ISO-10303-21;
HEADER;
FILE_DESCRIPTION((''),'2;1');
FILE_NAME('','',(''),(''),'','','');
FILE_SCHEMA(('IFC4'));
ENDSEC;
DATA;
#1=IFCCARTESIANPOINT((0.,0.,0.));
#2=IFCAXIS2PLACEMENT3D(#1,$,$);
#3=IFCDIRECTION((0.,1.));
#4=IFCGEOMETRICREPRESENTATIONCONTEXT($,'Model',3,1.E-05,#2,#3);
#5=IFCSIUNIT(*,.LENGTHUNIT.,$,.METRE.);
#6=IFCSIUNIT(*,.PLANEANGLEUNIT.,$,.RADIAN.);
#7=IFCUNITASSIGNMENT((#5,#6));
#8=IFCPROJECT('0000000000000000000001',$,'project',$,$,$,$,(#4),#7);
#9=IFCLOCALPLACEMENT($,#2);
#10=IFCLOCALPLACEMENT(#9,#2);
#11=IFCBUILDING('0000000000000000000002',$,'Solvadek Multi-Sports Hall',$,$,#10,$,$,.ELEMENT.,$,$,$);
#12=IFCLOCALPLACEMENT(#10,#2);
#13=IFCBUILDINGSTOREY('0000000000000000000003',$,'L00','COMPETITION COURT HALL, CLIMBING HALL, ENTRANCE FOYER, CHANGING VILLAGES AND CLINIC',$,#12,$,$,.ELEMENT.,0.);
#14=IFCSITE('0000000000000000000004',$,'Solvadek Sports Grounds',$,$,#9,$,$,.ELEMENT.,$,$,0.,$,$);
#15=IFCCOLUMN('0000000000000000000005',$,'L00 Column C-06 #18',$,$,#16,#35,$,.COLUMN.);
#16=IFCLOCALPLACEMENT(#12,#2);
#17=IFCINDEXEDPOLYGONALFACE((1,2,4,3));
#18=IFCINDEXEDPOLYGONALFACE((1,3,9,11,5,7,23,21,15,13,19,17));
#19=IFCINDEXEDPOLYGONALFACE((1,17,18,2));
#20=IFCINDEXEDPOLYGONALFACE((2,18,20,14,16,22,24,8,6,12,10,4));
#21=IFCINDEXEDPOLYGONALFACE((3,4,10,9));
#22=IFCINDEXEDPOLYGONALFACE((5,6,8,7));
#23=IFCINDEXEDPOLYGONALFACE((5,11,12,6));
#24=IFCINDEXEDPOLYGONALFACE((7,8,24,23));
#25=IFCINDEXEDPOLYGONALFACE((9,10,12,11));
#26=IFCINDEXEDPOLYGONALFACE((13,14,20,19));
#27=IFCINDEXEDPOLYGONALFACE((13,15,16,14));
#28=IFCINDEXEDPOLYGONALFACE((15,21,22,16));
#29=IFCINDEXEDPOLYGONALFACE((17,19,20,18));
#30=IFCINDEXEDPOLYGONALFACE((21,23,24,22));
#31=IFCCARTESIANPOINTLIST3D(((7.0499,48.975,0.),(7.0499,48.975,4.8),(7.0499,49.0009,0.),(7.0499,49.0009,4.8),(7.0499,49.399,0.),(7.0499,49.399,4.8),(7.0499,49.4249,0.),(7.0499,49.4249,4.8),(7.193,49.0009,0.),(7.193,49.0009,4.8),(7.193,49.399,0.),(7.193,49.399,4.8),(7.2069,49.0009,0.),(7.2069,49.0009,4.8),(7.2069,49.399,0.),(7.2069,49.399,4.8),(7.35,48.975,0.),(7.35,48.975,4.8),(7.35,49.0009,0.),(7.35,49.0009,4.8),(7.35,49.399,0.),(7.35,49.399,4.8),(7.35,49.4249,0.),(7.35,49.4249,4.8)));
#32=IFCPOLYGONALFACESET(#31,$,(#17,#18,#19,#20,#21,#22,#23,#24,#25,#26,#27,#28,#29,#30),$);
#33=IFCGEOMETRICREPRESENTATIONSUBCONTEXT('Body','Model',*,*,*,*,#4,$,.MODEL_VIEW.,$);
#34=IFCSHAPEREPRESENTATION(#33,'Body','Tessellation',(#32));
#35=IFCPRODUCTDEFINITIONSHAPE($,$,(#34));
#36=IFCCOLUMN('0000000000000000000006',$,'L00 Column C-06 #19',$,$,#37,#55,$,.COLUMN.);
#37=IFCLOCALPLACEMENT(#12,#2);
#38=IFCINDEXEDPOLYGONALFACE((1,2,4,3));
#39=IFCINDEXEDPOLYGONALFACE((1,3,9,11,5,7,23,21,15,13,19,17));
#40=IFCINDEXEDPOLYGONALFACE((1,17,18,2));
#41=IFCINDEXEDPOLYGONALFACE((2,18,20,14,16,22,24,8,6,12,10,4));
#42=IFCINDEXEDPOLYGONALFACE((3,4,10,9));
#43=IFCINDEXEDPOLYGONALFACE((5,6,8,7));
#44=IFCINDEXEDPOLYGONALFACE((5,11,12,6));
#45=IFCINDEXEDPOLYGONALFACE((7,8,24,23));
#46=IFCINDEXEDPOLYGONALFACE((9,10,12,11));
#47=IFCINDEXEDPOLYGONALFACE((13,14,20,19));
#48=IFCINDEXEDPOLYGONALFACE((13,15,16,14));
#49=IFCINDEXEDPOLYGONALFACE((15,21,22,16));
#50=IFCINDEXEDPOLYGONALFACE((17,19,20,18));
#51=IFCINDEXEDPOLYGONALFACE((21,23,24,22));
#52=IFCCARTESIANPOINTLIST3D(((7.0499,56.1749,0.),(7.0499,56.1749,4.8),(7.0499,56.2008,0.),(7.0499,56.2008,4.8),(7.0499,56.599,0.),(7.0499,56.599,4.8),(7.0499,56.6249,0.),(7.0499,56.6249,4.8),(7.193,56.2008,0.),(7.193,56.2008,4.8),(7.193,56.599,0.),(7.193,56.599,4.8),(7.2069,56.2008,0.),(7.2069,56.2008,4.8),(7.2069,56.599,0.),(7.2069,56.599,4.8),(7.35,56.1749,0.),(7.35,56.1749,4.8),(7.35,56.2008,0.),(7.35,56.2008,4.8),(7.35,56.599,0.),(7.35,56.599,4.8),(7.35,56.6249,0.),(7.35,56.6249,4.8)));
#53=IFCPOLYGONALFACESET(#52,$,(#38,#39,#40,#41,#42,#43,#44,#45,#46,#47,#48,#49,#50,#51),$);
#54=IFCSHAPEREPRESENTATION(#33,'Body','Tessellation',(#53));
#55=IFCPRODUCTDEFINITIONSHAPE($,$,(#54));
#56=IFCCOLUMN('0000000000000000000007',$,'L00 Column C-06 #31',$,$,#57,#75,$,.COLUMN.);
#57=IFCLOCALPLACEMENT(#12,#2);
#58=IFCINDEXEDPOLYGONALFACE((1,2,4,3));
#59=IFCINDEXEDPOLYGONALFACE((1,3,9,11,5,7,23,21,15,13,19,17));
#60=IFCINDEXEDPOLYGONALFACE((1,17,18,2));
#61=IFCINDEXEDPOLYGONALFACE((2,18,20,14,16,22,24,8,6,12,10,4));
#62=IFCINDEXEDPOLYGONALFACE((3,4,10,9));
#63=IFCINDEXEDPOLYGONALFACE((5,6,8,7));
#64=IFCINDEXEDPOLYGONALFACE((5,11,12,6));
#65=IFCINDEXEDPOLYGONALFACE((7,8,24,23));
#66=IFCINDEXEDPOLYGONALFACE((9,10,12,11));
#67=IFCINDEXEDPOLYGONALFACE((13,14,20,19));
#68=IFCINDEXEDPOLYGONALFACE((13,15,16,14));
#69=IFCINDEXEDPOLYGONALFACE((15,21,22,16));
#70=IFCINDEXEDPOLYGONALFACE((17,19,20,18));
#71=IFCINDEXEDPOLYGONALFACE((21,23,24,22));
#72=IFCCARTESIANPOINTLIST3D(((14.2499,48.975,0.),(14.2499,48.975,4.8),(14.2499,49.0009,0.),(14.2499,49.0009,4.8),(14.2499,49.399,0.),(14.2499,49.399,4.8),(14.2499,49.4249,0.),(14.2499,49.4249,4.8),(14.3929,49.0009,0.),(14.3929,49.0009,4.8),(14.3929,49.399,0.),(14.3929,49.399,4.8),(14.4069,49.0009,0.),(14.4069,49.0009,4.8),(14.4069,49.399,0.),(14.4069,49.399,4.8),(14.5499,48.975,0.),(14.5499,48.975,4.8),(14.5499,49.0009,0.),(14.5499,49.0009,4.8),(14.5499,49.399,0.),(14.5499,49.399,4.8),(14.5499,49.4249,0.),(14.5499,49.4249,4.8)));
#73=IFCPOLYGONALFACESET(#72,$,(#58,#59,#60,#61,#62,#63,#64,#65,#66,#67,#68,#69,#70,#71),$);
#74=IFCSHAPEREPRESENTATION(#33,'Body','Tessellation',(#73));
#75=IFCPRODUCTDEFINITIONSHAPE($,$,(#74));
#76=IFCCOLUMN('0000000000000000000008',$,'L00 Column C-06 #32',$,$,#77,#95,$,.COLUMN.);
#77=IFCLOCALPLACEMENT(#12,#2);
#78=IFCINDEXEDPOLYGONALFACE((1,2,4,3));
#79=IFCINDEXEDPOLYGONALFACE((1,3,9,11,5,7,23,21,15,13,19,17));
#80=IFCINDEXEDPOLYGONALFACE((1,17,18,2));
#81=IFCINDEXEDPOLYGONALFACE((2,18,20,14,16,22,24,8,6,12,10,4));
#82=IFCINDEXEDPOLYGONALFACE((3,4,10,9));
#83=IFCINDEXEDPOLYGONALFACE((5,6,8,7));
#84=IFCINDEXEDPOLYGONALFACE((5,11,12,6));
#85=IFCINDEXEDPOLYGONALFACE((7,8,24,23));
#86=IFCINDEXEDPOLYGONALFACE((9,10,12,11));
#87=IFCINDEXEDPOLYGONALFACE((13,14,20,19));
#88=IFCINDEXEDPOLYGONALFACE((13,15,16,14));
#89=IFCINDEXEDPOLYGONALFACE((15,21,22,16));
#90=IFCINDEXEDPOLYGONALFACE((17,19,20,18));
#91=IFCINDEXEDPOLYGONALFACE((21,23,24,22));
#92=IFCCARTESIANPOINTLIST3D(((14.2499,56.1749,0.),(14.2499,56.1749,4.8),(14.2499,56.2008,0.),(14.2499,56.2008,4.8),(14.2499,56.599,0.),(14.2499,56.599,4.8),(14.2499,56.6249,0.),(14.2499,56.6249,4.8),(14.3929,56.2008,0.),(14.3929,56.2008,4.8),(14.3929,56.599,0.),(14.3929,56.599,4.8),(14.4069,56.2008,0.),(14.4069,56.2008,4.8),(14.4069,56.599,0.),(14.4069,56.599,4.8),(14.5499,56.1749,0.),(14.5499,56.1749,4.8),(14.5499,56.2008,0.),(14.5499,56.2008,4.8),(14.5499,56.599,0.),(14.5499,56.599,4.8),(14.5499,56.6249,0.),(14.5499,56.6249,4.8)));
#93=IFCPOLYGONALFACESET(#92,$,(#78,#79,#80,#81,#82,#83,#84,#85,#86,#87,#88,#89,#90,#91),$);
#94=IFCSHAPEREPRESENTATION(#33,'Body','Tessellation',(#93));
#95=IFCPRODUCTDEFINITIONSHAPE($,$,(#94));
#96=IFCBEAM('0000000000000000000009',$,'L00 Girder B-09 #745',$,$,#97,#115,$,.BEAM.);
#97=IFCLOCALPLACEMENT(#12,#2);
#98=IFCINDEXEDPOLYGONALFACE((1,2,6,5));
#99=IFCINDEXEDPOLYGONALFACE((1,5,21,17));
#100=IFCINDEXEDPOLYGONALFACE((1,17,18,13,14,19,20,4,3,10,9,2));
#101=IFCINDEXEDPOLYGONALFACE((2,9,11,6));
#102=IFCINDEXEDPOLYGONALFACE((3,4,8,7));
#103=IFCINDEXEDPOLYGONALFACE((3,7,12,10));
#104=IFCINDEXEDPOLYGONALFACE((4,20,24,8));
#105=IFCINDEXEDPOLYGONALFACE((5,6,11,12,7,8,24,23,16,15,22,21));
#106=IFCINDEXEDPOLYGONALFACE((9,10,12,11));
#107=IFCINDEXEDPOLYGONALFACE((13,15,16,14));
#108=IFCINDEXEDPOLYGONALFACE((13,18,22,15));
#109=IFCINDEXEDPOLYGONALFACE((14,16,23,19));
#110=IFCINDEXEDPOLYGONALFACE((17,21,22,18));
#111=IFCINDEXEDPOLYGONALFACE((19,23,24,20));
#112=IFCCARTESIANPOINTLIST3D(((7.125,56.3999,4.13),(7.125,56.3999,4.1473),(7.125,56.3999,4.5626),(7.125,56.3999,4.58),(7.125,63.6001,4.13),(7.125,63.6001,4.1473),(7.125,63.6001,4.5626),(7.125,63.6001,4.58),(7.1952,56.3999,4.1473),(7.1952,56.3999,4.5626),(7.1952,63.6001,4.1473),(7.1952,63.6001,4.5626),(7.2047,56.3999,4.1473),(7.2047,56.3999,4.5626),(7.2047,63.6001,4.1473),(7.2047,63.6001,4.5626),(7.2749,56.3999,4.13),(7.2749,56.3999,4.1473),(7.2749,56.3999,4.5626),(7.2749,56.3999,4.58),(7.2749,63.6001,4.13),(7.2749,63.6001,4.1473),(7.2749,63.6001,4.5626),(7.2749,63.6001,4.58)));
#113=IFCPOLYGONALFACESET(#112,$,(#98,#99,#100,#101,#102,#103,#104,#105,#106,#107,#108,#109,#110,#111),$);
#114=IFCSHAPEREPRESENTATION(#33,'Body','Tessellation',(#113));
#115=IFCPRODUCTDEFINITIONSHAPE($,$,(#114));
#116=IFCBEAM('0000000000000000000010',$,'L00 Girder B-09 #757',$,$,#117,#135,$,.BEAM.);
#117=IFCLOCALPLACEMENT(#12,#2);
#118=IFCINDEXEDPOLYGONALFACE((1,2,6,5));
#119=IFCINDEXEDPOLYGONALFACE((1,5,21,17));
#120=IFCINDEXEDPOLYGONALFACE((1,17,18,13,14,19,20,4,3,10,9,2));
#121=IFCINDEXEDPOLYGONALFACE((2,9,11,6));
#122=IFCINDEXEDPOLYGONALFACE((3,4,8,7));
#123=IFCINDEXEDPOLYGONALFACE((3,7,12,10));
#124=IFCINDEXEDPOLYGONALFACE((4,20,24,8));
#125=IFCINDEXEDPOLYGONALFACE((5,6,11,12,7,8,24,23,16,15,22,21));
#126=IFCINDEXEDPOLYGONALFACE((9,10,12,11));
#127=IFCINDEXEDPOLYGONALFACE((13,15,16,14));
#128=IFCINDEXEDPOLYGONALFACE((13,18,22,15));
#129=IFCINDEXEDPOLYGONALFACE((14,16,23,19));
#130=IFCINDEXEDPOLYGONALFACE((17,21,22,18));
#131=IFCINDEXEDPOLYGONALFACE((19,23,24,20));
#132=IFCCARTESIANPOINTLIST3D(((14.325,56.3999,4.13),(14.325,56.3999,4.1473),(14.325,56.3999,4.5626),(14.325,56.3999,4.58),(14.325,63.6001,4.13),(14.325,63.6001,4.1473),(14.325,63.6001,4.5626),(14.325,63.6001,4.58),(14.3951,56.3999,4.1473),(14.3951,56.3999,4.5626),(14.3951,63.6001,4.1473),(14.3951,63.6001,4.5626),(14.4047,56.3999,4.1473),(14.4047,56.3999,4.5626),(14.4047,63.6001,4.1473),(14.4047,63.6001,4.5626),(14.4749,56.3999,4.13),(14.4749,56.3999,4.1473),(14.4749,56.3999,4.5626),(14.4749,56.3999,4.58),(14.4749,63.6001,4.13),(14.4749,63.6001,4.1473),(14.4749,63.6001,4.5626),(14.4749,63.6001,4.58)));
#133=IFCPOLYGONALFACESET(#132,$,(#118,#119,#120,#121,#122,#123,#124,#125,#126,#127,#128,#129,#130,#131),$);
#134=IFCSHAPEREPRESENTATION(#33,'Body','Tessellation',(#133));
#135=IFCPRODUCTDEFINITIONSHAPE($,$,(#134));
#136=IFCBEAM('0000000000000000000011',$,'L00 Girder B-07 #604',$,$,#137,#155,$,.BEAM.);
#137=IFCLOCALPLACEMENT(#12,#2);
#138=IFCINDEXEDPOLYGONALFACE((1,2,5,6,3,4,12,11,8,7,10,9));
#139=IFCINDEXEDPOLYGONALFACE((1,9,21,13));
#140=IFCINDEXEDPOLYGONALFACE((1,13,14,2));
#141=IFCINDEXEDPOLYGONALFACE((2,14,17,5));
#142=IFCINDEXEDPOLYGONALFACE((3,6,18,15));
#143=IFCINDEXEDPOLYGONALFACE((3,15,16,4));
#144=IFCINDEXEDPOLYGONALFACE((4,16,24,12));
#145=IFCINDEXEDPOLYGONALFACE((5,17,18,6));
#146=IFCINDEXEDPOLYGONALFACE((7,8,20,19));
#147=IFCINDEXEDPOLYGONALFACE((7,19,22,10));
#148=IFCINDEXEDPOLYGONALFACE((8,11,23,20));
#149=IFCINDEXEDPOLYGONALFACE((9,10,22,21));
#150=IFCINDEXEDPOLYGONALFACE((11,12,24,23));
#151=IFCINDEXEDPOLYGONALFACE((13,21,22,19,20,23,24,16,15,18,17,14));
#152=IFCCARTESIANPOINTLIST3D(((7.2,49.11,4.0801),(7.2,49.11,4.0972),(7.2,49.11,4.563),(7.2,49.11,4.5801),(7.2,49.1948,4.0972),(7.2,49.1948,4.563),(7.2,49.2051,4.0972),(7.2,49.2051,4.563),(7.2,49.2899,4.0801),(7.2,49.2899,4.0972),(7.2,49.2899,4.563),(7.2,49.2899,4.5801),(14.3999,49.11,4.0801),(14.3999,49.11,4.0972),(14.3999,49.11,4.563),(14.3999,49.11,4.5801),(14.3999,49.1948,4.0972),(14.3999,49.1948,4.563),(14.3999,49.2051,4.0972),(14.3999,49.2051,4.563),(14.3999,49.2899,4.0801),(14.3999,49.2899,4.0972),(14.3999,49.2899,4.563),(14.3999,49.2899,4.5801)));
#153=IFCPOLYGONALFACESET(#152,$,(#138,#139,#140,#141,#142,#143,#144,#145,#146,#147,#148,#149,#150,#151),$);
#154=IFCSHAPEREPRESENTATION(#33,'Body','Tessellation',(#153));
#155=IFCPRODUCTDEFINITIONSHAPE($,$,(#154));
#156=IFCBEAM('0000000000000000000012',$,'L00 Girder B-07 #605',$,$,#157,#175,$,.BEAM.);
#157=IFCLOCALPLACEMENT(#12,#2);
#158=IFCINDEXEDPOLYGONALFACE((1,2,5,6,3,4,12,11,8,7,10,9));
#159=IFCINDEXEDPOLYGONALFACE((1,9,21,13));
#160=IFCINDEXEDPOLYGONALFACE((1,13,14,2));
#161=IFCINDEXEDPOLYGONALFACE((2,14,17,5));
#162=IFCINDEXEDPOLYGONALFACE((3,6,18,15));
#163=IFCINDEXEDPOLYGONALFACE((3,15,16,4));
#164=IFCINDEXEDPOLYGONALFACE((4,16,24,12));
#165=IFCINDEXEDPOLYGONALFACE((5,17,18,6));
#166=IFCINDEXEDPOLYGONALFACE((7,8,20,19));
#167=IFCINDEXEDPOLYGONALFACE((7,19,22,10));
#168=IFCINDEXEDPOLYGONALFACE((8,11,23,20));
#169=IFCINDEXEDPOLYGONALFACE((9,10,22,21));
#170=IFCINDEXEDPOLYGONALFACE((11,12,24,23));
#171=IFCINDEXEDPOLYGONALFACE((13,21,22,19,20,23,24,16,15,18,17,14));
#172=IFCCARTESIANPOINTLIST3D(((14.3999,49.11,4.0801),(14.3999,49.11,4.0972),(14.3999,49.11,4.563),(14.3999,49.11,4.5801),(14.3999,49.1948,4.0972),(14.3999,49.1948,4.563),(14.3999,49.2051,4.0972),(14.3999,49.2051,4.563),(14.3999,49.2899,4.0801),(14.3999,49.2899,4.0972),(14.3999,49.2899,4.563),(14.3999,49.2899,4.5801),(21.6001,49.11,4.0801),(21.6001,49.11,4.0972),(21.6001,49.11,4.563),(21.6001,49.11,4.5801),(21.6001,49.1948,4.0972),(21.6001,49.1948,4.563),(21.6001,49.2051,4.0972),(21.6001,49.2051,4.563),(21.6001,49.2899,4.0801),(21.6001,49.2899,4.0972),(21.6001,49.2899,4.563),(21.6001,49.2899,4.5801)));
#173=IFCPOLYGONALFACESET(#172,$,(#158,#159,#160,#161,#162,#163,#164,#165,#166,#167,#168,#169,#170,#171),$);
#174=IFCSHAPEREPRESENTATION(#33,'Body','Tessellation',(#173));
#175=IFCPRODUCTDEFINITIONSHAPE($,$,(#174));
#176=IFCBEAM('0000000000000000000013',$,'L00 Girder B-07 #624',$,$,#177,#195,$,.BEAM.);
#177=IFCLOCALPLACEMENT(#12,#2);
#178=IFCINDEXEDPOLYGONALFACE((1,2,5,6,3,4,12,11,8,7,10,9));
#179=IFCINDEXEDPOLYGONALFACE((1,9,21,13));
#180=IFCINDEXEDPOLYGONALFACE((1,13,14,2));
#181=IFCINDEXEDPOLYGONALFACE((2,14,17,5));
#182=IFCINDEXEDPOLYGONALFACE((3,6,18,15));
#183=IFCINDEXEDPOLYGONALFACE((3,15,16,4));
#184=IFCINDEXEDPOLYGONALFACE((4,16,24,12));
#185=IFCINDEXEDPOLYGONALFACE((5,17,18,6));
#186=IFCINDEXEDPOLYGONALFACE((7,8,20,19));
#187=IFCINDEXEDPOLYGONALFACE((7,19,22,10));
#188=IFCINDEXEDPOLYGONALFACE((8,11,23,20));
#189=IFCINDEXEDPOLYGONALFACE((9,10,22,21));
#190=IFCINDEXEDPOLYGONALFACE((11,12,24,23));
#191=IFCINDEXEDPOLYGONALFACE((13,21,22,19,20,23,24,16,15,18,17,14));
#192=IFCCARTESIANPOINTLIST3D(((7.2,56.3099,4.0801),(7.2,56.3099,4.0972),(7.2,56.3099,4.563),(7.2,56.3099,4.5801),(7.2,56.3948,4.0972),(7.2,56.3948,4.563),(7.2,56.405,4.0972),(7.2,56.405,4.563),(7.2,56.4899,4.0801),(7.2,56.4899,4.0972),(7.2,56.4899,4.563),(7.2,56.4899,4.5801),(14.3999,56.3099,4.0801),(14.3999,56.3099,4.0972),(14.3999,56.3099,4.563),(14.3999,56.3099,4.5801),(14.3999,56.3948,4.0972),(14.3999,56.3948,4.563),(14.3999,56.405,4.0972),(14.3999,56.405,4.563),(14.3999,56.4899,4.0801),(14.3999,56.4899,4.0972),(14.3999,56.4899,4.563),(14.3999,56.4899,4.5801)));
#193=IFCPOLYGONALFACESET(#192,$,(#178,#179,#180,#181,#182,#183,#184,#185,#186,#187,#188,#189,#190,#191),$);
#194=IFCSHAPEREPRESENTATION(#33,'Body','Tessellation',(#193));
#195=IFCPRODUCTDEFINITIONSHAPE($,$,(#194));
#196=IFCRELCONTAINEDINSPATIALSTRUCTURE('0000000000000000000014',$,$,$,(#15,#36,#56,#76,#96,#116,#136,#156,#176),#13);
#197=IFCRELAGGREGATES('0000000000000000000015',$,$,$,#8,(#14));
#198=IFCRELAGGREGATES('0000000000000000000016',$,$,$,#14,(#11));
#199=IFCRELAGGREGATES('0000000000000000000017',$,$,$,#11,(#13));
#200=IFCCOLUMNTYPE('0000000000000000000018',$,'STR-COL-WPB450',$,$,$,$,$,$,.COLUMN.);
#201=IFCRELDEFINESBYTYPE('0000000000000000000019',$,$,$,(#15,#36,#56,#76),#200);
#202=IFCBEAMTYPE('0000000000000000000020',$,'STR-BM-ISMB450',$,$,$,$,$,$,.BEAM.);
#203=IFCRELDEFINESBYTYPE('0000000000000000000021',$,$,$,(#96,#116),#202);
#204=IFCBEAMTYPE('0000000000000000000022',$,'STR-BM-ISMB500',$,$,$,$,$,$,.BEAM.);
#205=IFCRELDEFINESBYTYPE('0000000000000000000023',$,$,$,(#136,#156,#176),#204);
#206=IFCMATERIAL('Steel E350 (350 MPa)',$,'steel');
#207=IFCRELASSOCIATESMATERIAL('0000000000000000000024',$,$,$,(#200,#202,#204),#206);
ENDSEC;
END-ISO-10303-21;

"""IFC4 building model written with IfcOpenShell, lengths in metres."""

from ifc_helpers import new_model, si_unit, direction, frame, origin, origin_2d, place, context, subcontext, project, spatial, i_section, extrude, material, material_profile, profile_set, type_object, element, save


model = new_model("IFC4")

# Units and contexts
model_context = context("Model", 3, precision=1e-05, world=origin(), true_north=direction((0.0, 1.0)))
body_context = subcontext(model_context, "Body", "Model", "MODEL_VIEW")
ifc_project = project(units=[si_unit("LENGTHUNIT", "METRE"), si_unit("PLANEANGLEUNIT", "RADIAN")], contexts=[model_context])

# Site, building, storey
site_placement = place(None, origin())
site = spatial("IfcSite", under=ifc_project, at=site_placement, Name="Solvadek Sports Grounds", CompositionType="ELEMENT", RefElevation=0.0)
building_placement = place(site_placement, origin())
building = spatial("IfcBuilding", under=site, at=building_placement, Name="Solvadek Multi-Sports Hall", CompositionType="ELEMENT")
storey_placement = place(building_placement, origin())
storey = spatial("IfcBuildingStorey", under=building, at=storey_placement, Name="L00", Description="COMPETITION COURT HALL, CLIMBING HALL, ENTRANCE FOYER, CHANGING VILLAGES AND CLINIC", CompositionType="ELEMENT", Elevation=0.0)

# Columns
ifc_material_1 = material(Name="Steel E350 (350 MPa)", Category="steel")
ifc_material_profile_1 = material_profile(ifc_material_1, i_section(OverallWidth=0.3, OverallDepth=0.45, WebThickness=0.0139, FlangeThickness=0.0259, at=origin_2d()), Name="WPB 450")
ifc_profile_set_1 = profile_set([ifc_material_profile_1], Name="Steel E350 (350 MPa)")
column_type = type_object("IfcColumnType", Name="STR-COL-WPB450", PredefinedType="COLUMN", material=ifc_profile_set_1)
for number, where, z_axis, x_axis, name in (
    (1, (7.2, 49.2, 0.0), (0.0, 0.0, 1.0), (1.0, 0.0, 0.0), "L00 Column C-06 #18"),
    (2, (7.2, 56.3999, 0.0), (0.0, 0.0, 1.0), (1.0, 0.0, 0.0), "L00 Column C-06 #19"),
    (3, (14.3999, 49.2, 0.0), (0.0, 0.0, 1.0), (1.0, 0.0, 0.0), "L00 Column C-06 #31"),
    (4, (14.3999, 56.3999, 0.0), (0.0, 0.0, 1.0), (1.0, 0.0, 0.0), "L00 Column C-06 #32"),
):
    element("IfcColumn", number, at=place(storey_placement, frame(where, z_axis=z_axis, x_axis=x_axis)), inside=storey, type_object=column_type, Name=name, PredefinedType="COLUMN", context=body_context, shape_type="SweptSolid", body=[
        extrude(i_section(OverallWidth=0.3, OverallDepth=0.45, WebThickness=0.0139, FlangeThickness=0.0259, at=origin_2d()), origin(), (0.0, 0.0, 1.0), 4.8),
    ])

# Beams
ifc_material_profile_2 = material_profile(ifc_material_1, i_section(OverallWidth=0.1499, OverallDepth=0.45, WebThickness=0.0095, FlangeThickness=0.0173, at=origin_2d()), Name="ISMB 450")
ifc_profile_set_2 = profile_set([ifc_material_profile_2], Name="Steel E350 (350 MPa)")
beam_type_1 = type_object("IfcBeamType", Name="STR-BM-ISMB450", PredefinedType="BEAM", material=ifc_profile_set_2)
for number, where, z_axis, x_axis, name in (
    (5, (7.2, 56.3999, 4.355), (0.0, 1.0, 0.0), (-1.0, 0.0, 0.0), "L00 Girder B-09 #745"),
    (6, (14.3999, 56.3999, 4.355), (0.0, 1.0, 0.0), (-1.0, 0.0, 0.0), "L00 Girder B-09 #757"),
):
    element("IfcBeam", number, at=place(storey_placement, frame(where, z_axis=z_axis, x_axis=x_axis)), inside=storey, type_object=beam_type_1, Name=name, PredefinedType="BEAM", context=body_context, shape_type="SweptSolid", body=[
        extrude(i_section(OverallWidth=0.1499, OverallDepth=0.45, WebThickness=0.0095, FlangeThickness=0.0173, at=origin_2d()), origin(), (0.0, 0.0, 1.0), 7.2002),
    ])
ifc_material_profile_3 = material_profile(ifc_material_1, i_section(OverallWidth=0.1799, OverallDepth=0.5, WebThickness=0.0103, FlangeThickness=0.0171, at=origin_2d()), Name="ISMB 500")
ifc_profile_set_3 = profile_set([ifc_material_profile_3], Name="Steel E350 (350 MPa)")
beam_type_2 = type_object("IfcBeamType", Name="STR-BM-ISMB500", PredefinedType="BEAM", material=ifc_profile_set_3)
beam_1_placement = place(storey_placement, frame((7.2, 49.2, 4.3301), z_axis=(1.0, 0.0, 0.0), x_axis=(0.0, 1.0, 0.0)))
element("IfcBeam", 7, at=beam_1_placement, inside=storey, type_object=beam_type_2, Name="L00 Girder B-07 #604", PredefinedType="BEAM", context=body_context, shape_type="SweptSolid", body=[
    extrude(i_section(OverallWidth=0.1799, OverallDepth=0.5, WebThickness=0.0103, FlangeThickness=0.0171, at=origin_2d()), origin(), (0.0, 0.0, 1.0), 7.2),
])
beam_2_placement = place(storey_placement, frame((14.3999, 49.2, 4.3301), z_axis=(1.0, 0.0, 0.0), x_axis=(0.0, 1.0, 0.0)))
element("IfcBeam", 8, at=beam_2_placement, inside=storey, type_object=beam_type_2, Name="L00 Girder B-07 #605", PredefinedType="BEAM", context=body_context, shape_type="SweptSolid", body=[
    extrude(i_section(OverallWidth=0.1799, OverallDepth=0.5, WebThickness=0.0103, FlangeThickness=0.0171, at=origin_2d()), origin(), (0.0, 0.0, 1.0), 7.2002),
])
beam_3_placement = place(storey_placement, frame((7.2, 56.3999, 4.3301), z_axis=(1.0, 0.0, 0.0), x_axis=(0.0, 1.0, 0.0)))
element("IfcBeam", 9, at=beam_3_placement, inside=storey, type_object=beam_type_2, Name="L00 Girder B-07 #624", PredefinedType="BEAM", context=body_context, shape_type="SweptSolid", body=[
    extrude(i_section(OverallWidth=0.1799, OverallDepth=0.5, WebThickness=0.0103, FlangeThickness=0.0171, at=origin_2d()), origin(), (0.0, 0.0, 1.0), 7.2),
])

save(model, "model.ifc")
